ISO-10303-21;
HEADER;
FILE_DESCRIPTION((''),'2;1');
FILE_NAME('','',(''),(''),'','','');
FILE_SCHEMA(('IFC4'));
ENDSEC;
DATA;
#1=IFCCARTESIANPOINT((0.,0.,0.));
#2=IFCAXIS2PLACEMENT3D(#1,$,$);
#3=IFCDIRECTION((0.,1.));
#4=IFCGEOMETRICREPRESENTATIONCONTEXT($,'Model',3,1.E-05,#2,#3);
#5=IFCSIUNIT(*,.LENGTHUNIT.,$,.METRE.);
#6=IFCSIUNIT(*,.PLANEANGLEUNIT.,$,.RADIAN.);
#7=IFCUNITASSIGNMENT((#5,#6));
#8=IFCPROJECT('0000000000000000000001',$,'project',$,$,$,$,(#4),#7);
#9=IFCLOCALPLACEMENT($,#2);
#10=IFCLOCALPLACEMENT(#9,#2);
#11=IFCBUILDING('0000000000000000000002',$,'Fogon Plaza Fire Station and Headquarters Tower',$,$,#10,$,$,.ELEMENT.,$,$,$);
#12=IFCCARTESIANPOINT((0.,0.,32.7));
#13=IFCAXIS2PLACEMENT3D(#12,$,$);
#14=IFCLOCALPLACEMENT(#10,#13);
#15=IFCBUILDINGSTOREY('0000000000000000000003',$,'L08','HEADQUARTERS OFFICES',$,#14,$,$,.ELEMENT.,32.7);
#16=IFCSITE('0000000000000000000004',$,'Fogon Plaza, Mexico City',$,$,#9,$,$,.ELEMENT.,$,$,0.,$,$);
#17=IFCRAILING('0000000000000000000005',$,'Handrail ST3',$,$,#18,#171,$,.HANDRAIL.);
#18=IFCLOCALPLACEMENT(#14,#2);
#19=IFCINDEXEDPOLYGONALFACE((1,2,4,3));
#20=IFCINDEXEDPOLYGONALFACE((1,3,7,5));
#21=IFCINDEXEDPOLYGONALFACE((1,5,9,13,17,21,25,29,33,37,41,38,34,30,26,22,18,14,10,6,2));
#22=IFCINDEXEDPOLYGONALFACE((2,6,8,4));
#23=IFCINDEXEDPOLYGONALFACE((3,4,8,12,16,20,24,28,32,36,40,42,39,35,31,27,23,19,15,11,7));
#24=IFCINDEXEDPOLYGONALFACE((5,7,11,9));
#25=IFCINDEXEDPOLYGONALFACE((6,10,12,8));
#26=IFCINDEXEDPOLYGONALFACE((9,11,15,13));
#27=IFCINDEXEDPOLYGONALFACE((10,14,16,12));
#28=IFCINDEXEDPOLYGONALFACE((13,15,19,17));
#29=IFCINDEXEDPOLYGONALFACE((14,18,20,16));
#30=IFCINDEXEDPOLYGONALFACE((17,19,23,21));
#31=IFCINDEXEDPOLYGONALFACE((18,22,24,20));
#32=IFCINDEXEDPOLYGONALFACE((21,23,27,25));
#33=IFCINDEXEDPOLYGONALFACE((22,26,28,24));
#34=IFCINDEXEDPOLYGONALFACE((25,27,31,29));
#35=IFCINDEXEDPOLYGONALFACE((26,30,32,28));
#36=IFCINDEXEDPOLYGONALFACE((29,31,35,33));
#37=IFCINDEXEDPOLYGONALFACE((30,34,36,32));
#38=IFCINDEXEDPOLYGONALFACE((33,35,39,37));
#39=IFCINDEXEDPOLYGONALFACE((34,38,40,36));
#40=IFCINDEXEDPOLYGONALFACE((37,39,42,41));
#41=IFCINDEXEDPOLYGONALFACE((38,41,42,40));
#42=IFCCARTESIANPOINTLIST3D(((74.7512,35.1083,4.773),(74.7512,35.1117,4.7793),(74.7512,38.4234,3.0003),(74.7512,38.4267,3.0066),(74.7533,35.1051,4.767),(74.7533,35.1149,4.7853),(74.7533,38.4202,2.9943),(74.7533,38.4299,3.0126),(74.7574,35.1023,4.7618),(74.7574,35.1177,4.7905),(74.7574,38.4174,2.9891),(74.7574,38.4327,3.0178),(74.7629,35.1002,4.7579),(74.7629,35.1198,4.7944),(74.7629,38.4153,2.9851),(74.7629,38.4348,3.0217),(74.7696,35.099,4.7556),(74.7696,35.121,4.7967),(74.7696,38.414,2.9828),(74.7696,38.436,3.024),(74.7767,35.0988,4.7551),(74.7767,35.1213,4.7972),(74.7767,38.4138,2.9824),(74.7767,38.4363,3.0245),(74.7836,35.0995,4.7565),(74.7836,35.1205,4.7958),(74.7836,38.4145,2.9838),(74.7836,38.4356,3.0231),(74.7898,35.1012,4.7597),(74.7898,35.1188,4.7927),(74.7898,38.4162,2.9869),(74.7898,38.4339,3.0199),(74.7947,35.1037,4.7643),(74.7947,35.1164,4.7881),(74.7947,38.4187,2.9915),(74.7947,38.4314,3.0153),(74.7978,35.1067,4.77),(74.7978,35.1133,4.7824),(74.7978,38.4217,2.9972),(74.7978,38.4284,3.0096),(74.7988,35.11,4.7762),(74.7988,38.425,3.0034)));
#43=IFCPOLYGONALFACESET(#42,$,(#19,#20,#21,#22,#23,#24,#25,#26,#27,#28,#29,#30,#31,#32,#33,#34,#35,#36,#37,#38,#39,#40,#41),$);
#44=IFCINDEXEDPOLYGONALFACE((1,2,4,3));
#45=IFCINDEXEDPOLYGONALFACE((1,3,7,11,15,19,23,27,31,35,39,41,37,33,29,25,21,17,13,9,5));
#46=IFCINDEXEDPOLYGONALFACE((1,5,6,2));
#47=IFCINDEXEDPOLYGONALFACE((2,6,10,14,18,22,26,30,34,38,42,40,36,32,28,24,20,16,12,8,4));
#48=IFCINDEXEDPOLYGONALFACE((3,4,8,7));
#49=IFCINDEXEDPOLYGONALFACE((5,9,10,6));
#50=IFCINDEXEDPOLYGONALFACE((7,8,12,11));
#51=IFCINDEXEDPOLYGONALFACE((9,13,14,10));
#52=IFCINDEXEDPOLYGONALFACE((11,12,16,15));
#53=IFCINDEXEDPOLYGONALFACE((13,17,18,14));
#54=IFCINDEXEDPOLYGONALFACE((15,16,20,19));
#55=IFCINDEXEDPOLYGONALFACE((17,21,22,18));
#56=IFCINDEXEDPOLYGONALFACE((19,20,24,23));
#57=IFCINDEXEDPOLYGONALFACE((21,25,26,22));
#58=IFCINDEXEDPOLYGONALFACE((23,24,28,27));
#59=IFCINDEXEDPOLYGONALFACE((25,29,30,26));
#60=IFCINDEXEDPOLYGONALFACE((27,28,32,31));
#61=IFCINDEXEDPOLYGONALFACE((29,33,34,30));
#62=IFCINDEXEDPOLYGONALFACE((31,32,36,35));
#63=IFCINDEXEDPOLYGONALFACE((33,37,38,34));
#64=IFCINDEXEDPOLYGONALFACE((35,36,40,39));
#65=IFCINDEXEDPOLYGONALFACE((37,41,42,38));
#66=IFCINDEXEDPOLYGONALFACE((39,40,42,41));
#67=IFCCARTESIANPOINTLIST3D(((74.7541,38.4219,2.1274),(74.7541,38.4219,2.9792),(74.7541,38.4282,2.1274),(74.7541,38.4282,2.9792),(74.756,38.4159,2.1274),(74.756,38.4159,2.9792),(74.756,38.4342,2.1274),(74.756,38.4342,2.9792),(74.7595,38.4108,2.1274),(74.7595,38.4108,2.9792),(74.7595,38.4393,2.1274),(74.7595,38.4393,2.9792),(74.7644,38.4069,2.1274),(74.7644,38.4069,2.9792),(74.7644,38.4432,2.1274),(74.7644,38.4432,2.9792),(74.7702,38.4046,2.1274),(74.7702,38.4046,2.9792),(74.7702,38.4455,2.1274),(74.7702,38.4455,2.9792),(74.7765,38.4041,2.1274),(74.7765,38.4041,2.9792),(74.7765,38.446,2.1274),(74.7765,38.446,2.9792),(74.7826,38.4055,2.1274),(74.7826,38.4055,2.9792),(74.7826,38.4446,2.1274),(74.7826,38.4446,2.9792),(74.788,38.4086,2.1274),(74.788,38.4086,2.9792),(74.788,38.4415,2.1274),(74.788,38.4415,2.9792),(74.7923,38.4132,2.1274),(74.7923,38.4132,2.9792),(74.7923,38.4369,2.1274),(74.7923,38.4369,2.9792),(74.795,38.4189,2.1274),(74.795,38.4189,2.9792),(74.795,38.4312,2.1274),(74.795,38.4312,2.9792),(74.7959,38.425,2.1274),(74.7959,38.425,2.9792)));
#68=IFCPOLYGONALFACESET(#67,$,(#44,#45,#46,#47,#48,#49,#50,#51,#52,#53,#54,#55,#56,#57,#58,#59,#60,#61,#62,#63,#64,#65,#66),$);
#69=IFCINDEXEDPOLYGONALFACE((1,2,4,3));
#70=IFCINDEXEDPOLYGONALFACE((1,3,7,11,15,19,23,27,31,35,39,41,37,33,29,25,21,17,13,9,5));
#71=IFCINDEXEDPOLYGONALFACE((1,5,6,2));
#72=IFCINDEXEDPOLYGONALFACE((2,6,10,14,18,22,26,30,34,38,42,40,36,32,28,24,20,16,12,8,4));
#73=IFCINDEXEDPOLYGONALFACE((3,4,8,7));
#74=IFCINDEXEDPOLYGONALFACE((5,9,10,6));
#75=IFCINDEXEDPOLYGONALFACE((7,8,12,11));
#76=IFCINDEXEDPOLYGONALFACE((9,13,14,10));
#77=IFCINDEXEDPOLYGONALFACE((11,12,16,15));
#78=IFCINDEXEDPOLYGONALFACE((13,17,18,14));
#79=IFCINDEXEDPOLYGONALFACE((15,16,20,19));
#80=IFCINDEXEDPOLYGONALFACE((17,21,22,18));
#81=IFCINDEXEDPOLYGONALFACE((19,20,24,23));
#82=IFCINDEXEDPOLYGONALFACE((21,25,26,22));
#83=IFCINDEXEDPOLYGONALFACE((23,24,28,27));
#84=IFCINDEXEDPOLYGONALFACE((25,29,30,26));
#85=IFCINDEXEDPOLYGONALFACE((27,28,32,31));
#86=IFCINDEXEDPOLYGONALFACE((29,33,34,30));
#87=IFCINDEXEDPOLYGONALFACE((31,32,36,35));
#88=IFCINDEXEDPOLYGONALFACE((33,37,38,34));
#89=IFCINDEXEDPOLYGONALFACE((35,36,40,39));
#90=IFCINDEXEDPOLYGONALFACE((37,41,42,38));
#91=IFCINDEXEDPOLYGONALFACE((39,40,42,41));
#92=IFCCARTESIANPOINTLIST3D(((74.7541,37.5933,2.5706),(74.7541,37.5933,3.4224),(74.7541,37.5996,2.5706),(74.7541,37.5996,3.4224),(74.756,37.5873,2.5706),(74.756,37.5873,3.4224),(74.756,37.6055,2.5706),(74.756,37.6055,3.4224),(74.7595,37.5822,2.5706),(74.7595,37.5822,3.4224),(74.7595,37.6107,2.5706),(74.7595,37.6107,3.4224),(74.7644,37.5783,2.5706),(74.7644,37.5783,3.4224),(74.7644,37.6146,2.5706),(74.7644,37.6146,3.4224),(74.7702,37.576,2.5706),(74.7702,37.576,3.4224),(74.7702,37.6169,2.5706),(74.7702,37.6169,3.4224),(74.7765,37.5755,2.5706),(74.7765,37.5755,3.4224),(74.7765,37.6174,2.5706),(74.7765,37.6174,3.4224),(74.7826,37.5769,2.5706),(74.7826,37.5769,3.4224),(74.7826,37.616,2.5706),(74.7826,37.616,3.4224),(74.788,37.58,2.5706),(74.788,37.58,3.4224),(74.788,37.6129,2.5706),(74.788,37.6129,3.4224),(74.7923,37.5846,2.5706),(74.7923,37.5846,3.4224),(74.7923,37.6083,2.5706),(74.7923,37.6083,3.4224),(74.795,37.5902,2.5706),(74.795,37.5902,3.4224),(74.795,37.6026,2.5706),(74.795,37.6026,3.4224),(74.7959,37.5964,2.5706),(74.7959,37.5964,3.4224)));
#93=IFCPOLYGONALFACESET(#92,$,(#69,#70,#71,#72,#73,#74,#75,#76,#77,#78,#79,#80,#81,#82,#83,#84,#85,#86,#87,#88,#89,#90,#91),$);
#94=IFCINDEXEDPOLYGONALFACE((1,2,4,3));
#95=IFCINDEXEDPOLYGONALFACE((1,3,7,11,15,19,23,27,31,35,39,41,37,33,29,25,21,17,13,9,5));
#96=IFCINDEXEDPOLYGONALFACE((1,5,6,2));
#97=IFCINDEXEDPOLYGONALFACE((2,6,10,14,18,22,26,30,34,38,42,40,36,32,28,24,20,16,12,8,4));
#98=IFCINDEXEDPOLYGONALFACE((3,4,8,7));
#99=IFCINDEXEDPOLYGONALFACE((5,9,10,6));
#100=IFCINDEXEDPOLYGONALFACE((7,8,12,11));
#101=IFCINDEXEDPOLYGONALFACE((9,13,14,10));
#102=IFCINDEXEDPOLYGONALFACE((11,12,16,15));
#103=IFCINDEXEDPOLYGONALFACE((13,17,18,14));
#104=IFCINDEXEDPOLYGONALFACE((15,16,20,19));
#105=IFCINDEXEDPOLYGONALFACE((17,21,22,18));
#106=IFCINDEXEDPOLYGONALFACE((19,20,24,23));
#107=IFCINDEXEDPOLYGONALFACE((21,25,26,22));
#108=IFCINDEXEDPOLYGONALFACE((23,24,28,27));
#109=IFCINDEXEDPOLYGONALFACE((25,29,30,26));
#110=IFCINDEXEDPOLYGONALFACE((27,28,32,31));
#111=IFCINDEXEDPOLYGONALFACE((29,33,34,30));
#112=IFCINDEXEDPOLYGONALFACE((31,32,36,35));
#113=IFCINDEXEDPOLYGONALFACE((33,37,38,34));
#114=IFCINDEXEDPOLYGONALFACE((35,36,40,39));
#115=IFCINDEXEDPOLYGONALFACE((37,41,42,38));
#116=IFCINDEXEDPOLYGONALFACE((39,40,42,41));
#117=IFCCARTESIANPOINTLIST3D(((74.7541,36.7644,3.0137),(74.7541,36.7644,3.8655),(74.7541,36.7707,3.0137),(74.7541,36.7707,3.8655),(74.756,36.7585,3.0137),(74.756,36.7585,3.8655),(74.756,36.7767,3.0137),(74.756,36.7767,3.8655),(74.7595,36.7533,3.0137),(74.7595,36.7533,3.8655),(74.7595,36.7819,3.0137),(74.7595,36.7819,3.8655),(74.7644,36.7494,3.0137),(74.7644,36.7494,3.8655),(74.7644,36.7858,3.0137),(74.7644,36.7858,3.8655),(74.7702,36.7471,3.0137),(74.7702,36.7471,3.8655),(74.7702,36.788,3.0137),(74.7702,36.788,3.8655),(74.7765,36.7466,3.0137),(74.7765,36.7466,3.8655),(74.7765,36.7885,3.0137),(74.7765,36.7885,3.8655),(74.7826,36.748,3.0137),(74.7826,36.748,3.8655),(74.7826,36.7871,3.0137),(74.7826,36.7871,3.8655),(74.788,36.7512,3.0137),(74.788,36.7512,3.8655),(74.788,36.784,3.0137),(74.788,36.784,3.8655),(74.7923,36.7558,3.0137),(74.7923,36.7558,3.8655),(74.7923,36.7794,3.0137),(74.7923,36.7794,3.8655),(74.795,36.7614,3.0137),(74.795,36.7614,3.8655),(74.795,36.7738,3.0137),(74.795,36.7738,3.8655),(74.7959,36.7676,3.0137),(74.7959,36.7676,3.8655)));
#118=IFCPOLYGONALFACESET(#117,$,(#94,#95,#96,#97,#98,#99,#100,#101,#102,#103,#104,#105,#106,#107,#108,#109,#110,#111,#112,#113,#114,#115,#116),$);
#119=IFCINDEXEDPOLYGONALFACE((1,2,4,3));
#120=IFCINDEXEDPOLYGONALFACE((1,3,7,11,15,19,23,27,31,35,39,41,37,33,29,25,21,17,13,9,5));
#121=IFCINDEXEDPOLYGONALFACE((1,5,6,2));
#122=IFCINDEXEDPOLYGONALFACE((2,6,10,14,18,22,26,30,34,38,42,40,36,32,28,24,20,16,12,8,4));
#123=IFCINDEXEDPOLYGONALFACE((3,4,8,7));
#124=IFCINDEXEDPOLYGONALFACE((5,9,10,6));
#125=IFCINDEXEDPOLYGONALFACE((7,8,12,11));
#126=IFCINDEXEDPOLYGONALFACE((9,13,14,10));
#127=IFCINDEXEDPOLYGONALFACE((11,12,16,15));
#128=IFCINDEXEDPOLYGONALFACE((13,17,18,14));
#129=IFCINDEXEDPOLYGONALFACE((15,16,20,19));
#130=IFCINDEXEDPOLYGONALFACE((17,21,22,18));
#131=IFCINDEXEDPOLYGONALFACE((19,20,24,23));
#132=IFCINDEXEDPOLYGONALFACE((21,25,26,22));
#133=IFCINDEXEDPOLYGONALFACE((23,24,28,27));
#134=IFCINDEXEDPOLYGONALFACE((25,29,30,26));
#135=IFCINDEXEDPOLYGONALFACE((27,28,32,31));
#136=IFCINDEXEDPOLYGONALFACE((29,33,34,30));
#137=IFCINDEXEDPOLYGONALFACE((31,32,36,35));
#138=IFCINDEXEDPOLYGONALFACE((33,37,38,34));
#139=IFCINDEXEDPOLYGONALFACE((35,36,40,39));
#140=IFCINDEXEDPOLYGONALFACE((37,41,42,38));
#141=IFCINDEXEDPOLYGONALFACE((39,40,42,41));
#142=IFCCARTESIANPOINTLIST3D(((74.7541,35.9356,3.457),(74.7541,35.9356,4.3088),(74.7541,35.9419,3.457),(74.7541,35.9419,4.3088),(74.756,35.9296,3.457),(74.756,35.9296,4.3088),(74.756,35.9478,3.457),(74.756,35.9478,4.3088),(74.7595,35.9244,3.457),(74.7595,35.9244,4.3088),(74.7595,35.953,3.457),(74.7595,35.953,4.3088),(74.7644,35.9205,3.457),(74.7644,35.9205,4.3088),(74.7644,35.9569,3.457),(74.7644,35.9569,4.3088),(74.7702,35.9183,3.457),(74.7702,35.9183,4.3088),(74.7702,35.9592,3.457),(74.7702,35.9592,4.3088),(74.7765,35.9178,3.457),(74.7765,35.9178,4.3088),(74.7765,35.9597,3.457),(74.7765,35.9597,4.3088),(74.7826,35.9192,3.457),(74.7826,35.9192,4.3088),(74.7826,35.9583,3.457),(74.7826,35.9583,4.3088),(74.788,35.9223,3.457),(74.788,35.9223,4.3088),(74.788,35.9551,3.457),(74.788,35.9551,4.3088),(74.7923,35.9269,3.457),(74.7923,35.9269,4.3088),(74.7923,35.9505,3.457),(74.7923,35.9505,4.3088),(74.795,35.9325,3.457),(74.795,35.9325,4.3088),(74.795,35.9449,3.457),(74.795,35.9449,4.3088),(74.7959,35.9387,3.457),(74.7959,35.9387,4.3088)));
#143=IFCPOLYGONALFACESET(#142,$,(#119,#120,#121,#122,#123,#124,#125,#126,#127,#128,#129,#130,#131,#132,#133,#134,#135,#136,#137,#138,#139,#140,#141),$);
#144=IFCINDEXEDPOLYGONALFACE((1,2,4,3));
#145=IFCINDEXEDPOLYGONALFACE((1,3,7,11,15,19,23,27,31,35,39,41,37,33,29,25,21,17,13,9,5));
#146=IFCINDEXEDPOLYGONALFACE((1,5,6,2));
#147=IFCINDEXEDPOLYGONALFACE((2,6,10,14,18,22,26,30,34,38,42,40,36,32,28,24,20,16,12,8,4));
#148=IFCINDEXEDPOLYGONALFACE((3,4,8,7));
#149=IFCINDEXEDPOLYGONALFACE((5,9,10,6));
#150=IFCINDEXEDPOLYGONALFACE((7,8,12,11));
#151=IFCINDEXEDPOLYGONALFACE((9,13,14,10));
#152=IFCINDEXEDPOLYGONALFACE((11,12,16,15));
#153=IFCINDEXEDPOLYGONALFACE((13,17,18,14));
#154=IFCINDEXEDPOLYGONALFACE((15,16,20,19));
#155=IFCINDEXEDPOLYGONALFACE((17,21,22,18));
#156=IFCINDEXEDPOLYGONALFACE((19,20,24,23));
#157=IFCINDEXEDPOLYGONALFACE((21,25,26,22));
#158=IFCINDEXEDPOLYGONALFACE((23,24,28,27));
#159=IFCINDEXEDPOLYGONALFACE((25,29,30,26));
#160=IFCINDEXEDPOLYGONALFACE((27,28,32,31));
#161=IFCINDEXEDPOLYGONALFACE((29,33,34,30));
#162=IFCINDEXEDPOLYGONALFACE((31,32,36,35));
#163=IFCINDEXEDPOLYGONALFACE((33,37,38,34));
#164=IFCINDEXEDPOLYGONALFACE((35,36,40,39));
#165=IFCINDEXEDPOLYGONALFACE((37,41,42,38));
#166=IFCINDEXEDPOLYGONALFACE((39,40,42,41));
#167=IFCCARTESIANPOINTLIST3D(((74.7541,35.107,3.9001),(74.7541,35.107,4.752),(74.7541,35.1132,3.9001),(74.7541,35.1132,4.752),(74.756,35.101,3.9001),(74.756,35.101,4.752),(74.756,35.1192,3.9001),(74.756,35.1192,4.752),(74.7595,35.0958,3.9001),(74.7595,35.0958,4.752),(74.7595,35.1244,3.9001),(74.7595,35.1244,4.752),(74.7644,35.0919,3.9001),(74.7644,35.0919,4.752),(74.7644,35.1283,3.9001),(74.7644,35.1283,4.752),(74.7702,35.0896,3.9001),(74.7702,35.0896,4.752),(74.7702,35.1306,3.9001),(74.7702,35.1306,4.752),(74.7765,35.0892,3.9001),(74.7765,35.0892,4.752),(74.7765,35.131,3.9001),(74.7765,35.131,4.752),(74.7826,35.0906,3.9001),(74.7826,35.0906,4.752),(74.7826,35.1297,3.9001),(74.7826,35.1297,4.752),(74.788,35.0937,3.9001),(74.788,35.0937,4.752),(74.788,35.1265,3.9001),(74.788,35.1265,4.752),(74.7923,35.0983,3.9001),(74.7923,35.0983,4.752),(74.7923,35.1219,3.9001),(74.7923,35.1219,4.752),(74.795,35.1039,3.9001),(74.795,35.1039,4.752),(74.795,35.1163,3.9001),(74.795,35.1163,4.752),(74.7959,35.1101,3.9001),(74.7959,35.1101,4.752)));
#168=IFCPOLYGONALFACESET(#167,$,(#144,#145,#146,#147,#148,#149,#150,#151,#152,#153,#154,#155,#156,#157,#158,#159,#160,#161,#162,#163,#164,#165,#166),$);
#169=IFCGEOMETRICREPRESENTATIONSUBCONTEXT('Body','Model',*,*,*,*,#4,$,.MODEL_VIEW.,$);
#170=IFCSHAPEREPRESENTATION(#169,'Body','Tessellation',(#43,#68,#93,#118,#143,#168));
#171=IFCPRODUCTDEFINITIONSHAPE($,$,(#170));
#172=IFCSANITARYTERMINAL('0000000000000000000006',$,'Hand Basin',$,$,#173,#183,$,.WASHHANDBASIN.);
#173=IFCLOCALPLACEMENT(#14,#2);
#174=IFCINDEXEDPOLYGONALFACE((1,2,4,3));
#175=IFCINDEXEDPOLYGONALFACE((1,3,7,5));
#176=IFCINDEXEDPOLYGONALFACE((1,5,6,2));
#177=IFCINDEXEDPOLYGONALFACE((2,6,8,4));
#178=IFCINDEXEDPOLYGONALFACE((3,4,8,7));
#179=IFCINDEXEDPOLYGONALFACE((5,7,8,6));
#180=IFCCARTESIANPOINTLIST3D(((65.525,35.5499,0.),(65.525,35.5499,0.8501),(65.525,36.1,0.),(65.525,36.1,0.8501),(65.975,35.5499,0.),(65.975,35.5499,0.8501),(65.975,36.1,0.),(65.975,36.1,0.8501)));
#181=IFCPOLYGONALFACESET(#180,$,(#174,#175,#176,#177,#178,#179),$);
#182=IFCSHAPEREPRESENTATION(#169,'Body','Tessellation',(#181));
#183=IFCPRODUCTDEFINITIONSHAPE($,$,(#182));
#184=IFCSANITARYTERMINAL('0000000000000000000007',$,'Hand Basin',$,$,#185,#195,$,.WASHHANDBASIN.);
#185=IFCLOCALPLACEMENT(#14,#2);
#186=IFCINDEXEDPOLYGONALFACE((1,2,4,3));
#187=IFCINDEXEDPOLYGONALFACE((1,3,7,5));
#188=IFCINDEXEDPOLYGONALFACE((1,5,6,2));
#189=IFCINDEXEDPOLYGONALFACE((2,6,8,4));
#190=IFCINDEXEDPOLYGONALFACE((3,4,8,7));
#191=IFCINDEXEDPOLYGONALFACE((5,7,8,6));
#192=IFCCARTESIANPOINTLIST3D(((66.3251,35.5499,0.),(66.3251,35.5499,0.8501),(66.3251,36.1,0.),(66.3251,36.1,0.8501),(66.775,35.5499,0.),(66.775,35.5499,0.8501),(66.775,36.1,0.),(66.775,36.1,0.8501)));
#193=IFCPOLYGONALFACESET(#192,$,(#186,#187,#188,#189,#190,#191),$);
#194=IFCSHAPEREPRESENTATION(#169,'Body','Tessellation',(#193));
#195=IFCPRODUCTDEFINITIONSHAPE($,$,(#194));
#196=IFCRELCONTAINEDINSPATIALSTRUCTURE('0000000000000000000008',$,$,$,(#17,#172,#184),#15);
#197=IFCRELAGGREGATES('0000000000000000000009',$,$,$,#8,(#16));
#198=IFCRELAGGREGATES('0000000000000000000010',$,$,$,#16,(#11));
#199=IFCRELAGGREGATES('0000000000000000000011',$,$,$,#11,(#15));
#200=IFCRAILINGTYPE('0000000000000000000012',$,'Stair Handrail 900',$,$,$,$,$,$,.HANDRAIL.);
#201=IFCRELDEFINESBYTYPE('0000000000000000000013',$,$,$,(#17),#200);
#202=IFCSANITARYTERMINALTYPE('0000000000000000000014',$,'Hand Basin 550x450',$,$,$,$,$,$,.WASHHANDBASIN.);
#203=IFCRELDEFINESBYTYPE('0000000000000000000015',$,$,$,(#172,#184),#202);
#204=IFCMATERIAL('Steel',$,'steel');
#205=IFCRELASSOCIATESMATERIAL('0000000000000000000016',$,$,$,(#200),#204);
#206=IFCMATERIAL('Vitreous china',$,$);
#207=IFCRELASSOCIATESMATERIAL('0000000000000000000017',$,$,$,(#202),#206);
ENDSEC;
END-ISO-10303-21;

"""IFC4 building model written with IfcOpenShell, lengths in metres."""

from ifc_helpers import new_model, si_unit, direction, frame, origin, origin_2d, place, context, subcontext, project, spatial, rectangle, circle, extrude, material, type_object, element, save


model = new_model("IFC4")

# Units and contexts
model_context = context("Model", 3, precision=1e-05, world=origin(), true_north=direction((0.0, 1.0)))
body_context = subcontext(model_context, "Body", "Model", "MODEL_VIEW")
ifc_project = project(units=[si_unit("LENGTHUNIT", "METRE"), si_unit("PLANEANGLEUNIT", "RADIAN")], contexts=[model_context])

# Site, building, storey
site_placement = place(None, origin())
site = spatial("IfcSite", under=ifc_project, at=site_placement, Name="Fogon Plaza, Mexico City", CompositionType="ELEMENT", RefElevation=0.0)
building_placement = place(site_placement, origin())
building = spatial("IfcBuilding", under=site, at=building_placement, Name="Fogon Plaza Fire Station and Headquarters Tower", CompositionType="ELEMENT")
storey_placement = place(building_placement, frame((0.0, 0.0, 32.7)))
storey = spatial("IfcBuildingStorey", under=building, at=storey_placement, Name="L08", Description="HEADQUARTERS OFFICES", CompositionType="ELEMENT", Elevation=32.7)

# Railing
ifc_material_1 = material(Name="Steel", Category="steel")
railing_type = type_object("IfcRailingType", Name="Stair Handrail 900", PredefinedType="HANDRAIL", material=ifc_material_1)
for number, where, name in (
    (1, (74.7749, 38.425, 2.1274), "Handrail ST3"),
):
    element("IfcRailing", number, at=place(storey_placement, frame(where)), inside=storey, type_object=railing_type, Name=name, PredefinedType="HANDRAIL", context=body_context, shape_type="SweptSolid", body=[
        extrude(circle(Radius=0.0239, at=origin_2d()), frame((0.0, 0.0, 0.876), z_axis=(0.0, -0.881829, 0.471569), x_axis=(1.0, 0.0, 0.0)), (0.0, 0.0, 1.0), 3.7593),
        extrude(circle(Radius=0.021, at=origin_2d()), origin(), (0.0, 0.0, 1.0), 0.8518),
        extrude(circle(Radius=0.021, at=origin_2d()), frame((0.0, -0.8286, 0.4431)), (0.0, 0.0, 1.0), 0.8518),
        extrude(circle(Radius=0.021, at=origin_2d()), frame((0.0, -1.6575, 0.8862)), (0.0, 0.0, 1.0), 0.8518),
        extrude(circle(Radius=0.021, at=origin_2d()), frame((0.0, -2.4863, 1.3296)), (0.0, 0.0, 1.0), 0.8518),
        extrude(circle(Radius=0.021, at=origin_2d()), frame((0.0, -3.3149, 1.7727)), (0.0, 0.0, 1.0), 0.8518),
    ])

# Sanitary terminals
ifc_material_2 = material(Name="Vitreous china")
sanitary_terminal_type = type_object("IfcSanitaryTerminalType", Name="Hand Basin 550x450", PredefinedType="WASHHANDBASIN", material=ifc_material_2)
for number, where, z_axis, x_axis, name in (
    (2, (65.75, 35.825, 0.0), (0.0, 0.0, 1.0), (1.0, 0.0, 0.0), "Hand Basin"),
    (3, (66.55, 35.825, 0.0), (0.0, 0.0, 1.0), (1.0, 0.0, 0.0), "Hand Basin"),
):
    element("IfcSanitaryTerminal", number, at=place(storey_placement, frame(where, z_axis=z_axis, x_axis=x_axis)), inside=storey, type_object=sanitary_terminal_type, Name=name, PredefinedType="WASHHANDBASIN", context=body_context, shape_type="SweptSolid", body=[
        extrude(rectangle(XDim=0.45, YDim=0.55, at=origin_2d()), origin(), (0.0, 0.0, 1.0), 0.8501),
    ])

save(model, "model.ifc")
